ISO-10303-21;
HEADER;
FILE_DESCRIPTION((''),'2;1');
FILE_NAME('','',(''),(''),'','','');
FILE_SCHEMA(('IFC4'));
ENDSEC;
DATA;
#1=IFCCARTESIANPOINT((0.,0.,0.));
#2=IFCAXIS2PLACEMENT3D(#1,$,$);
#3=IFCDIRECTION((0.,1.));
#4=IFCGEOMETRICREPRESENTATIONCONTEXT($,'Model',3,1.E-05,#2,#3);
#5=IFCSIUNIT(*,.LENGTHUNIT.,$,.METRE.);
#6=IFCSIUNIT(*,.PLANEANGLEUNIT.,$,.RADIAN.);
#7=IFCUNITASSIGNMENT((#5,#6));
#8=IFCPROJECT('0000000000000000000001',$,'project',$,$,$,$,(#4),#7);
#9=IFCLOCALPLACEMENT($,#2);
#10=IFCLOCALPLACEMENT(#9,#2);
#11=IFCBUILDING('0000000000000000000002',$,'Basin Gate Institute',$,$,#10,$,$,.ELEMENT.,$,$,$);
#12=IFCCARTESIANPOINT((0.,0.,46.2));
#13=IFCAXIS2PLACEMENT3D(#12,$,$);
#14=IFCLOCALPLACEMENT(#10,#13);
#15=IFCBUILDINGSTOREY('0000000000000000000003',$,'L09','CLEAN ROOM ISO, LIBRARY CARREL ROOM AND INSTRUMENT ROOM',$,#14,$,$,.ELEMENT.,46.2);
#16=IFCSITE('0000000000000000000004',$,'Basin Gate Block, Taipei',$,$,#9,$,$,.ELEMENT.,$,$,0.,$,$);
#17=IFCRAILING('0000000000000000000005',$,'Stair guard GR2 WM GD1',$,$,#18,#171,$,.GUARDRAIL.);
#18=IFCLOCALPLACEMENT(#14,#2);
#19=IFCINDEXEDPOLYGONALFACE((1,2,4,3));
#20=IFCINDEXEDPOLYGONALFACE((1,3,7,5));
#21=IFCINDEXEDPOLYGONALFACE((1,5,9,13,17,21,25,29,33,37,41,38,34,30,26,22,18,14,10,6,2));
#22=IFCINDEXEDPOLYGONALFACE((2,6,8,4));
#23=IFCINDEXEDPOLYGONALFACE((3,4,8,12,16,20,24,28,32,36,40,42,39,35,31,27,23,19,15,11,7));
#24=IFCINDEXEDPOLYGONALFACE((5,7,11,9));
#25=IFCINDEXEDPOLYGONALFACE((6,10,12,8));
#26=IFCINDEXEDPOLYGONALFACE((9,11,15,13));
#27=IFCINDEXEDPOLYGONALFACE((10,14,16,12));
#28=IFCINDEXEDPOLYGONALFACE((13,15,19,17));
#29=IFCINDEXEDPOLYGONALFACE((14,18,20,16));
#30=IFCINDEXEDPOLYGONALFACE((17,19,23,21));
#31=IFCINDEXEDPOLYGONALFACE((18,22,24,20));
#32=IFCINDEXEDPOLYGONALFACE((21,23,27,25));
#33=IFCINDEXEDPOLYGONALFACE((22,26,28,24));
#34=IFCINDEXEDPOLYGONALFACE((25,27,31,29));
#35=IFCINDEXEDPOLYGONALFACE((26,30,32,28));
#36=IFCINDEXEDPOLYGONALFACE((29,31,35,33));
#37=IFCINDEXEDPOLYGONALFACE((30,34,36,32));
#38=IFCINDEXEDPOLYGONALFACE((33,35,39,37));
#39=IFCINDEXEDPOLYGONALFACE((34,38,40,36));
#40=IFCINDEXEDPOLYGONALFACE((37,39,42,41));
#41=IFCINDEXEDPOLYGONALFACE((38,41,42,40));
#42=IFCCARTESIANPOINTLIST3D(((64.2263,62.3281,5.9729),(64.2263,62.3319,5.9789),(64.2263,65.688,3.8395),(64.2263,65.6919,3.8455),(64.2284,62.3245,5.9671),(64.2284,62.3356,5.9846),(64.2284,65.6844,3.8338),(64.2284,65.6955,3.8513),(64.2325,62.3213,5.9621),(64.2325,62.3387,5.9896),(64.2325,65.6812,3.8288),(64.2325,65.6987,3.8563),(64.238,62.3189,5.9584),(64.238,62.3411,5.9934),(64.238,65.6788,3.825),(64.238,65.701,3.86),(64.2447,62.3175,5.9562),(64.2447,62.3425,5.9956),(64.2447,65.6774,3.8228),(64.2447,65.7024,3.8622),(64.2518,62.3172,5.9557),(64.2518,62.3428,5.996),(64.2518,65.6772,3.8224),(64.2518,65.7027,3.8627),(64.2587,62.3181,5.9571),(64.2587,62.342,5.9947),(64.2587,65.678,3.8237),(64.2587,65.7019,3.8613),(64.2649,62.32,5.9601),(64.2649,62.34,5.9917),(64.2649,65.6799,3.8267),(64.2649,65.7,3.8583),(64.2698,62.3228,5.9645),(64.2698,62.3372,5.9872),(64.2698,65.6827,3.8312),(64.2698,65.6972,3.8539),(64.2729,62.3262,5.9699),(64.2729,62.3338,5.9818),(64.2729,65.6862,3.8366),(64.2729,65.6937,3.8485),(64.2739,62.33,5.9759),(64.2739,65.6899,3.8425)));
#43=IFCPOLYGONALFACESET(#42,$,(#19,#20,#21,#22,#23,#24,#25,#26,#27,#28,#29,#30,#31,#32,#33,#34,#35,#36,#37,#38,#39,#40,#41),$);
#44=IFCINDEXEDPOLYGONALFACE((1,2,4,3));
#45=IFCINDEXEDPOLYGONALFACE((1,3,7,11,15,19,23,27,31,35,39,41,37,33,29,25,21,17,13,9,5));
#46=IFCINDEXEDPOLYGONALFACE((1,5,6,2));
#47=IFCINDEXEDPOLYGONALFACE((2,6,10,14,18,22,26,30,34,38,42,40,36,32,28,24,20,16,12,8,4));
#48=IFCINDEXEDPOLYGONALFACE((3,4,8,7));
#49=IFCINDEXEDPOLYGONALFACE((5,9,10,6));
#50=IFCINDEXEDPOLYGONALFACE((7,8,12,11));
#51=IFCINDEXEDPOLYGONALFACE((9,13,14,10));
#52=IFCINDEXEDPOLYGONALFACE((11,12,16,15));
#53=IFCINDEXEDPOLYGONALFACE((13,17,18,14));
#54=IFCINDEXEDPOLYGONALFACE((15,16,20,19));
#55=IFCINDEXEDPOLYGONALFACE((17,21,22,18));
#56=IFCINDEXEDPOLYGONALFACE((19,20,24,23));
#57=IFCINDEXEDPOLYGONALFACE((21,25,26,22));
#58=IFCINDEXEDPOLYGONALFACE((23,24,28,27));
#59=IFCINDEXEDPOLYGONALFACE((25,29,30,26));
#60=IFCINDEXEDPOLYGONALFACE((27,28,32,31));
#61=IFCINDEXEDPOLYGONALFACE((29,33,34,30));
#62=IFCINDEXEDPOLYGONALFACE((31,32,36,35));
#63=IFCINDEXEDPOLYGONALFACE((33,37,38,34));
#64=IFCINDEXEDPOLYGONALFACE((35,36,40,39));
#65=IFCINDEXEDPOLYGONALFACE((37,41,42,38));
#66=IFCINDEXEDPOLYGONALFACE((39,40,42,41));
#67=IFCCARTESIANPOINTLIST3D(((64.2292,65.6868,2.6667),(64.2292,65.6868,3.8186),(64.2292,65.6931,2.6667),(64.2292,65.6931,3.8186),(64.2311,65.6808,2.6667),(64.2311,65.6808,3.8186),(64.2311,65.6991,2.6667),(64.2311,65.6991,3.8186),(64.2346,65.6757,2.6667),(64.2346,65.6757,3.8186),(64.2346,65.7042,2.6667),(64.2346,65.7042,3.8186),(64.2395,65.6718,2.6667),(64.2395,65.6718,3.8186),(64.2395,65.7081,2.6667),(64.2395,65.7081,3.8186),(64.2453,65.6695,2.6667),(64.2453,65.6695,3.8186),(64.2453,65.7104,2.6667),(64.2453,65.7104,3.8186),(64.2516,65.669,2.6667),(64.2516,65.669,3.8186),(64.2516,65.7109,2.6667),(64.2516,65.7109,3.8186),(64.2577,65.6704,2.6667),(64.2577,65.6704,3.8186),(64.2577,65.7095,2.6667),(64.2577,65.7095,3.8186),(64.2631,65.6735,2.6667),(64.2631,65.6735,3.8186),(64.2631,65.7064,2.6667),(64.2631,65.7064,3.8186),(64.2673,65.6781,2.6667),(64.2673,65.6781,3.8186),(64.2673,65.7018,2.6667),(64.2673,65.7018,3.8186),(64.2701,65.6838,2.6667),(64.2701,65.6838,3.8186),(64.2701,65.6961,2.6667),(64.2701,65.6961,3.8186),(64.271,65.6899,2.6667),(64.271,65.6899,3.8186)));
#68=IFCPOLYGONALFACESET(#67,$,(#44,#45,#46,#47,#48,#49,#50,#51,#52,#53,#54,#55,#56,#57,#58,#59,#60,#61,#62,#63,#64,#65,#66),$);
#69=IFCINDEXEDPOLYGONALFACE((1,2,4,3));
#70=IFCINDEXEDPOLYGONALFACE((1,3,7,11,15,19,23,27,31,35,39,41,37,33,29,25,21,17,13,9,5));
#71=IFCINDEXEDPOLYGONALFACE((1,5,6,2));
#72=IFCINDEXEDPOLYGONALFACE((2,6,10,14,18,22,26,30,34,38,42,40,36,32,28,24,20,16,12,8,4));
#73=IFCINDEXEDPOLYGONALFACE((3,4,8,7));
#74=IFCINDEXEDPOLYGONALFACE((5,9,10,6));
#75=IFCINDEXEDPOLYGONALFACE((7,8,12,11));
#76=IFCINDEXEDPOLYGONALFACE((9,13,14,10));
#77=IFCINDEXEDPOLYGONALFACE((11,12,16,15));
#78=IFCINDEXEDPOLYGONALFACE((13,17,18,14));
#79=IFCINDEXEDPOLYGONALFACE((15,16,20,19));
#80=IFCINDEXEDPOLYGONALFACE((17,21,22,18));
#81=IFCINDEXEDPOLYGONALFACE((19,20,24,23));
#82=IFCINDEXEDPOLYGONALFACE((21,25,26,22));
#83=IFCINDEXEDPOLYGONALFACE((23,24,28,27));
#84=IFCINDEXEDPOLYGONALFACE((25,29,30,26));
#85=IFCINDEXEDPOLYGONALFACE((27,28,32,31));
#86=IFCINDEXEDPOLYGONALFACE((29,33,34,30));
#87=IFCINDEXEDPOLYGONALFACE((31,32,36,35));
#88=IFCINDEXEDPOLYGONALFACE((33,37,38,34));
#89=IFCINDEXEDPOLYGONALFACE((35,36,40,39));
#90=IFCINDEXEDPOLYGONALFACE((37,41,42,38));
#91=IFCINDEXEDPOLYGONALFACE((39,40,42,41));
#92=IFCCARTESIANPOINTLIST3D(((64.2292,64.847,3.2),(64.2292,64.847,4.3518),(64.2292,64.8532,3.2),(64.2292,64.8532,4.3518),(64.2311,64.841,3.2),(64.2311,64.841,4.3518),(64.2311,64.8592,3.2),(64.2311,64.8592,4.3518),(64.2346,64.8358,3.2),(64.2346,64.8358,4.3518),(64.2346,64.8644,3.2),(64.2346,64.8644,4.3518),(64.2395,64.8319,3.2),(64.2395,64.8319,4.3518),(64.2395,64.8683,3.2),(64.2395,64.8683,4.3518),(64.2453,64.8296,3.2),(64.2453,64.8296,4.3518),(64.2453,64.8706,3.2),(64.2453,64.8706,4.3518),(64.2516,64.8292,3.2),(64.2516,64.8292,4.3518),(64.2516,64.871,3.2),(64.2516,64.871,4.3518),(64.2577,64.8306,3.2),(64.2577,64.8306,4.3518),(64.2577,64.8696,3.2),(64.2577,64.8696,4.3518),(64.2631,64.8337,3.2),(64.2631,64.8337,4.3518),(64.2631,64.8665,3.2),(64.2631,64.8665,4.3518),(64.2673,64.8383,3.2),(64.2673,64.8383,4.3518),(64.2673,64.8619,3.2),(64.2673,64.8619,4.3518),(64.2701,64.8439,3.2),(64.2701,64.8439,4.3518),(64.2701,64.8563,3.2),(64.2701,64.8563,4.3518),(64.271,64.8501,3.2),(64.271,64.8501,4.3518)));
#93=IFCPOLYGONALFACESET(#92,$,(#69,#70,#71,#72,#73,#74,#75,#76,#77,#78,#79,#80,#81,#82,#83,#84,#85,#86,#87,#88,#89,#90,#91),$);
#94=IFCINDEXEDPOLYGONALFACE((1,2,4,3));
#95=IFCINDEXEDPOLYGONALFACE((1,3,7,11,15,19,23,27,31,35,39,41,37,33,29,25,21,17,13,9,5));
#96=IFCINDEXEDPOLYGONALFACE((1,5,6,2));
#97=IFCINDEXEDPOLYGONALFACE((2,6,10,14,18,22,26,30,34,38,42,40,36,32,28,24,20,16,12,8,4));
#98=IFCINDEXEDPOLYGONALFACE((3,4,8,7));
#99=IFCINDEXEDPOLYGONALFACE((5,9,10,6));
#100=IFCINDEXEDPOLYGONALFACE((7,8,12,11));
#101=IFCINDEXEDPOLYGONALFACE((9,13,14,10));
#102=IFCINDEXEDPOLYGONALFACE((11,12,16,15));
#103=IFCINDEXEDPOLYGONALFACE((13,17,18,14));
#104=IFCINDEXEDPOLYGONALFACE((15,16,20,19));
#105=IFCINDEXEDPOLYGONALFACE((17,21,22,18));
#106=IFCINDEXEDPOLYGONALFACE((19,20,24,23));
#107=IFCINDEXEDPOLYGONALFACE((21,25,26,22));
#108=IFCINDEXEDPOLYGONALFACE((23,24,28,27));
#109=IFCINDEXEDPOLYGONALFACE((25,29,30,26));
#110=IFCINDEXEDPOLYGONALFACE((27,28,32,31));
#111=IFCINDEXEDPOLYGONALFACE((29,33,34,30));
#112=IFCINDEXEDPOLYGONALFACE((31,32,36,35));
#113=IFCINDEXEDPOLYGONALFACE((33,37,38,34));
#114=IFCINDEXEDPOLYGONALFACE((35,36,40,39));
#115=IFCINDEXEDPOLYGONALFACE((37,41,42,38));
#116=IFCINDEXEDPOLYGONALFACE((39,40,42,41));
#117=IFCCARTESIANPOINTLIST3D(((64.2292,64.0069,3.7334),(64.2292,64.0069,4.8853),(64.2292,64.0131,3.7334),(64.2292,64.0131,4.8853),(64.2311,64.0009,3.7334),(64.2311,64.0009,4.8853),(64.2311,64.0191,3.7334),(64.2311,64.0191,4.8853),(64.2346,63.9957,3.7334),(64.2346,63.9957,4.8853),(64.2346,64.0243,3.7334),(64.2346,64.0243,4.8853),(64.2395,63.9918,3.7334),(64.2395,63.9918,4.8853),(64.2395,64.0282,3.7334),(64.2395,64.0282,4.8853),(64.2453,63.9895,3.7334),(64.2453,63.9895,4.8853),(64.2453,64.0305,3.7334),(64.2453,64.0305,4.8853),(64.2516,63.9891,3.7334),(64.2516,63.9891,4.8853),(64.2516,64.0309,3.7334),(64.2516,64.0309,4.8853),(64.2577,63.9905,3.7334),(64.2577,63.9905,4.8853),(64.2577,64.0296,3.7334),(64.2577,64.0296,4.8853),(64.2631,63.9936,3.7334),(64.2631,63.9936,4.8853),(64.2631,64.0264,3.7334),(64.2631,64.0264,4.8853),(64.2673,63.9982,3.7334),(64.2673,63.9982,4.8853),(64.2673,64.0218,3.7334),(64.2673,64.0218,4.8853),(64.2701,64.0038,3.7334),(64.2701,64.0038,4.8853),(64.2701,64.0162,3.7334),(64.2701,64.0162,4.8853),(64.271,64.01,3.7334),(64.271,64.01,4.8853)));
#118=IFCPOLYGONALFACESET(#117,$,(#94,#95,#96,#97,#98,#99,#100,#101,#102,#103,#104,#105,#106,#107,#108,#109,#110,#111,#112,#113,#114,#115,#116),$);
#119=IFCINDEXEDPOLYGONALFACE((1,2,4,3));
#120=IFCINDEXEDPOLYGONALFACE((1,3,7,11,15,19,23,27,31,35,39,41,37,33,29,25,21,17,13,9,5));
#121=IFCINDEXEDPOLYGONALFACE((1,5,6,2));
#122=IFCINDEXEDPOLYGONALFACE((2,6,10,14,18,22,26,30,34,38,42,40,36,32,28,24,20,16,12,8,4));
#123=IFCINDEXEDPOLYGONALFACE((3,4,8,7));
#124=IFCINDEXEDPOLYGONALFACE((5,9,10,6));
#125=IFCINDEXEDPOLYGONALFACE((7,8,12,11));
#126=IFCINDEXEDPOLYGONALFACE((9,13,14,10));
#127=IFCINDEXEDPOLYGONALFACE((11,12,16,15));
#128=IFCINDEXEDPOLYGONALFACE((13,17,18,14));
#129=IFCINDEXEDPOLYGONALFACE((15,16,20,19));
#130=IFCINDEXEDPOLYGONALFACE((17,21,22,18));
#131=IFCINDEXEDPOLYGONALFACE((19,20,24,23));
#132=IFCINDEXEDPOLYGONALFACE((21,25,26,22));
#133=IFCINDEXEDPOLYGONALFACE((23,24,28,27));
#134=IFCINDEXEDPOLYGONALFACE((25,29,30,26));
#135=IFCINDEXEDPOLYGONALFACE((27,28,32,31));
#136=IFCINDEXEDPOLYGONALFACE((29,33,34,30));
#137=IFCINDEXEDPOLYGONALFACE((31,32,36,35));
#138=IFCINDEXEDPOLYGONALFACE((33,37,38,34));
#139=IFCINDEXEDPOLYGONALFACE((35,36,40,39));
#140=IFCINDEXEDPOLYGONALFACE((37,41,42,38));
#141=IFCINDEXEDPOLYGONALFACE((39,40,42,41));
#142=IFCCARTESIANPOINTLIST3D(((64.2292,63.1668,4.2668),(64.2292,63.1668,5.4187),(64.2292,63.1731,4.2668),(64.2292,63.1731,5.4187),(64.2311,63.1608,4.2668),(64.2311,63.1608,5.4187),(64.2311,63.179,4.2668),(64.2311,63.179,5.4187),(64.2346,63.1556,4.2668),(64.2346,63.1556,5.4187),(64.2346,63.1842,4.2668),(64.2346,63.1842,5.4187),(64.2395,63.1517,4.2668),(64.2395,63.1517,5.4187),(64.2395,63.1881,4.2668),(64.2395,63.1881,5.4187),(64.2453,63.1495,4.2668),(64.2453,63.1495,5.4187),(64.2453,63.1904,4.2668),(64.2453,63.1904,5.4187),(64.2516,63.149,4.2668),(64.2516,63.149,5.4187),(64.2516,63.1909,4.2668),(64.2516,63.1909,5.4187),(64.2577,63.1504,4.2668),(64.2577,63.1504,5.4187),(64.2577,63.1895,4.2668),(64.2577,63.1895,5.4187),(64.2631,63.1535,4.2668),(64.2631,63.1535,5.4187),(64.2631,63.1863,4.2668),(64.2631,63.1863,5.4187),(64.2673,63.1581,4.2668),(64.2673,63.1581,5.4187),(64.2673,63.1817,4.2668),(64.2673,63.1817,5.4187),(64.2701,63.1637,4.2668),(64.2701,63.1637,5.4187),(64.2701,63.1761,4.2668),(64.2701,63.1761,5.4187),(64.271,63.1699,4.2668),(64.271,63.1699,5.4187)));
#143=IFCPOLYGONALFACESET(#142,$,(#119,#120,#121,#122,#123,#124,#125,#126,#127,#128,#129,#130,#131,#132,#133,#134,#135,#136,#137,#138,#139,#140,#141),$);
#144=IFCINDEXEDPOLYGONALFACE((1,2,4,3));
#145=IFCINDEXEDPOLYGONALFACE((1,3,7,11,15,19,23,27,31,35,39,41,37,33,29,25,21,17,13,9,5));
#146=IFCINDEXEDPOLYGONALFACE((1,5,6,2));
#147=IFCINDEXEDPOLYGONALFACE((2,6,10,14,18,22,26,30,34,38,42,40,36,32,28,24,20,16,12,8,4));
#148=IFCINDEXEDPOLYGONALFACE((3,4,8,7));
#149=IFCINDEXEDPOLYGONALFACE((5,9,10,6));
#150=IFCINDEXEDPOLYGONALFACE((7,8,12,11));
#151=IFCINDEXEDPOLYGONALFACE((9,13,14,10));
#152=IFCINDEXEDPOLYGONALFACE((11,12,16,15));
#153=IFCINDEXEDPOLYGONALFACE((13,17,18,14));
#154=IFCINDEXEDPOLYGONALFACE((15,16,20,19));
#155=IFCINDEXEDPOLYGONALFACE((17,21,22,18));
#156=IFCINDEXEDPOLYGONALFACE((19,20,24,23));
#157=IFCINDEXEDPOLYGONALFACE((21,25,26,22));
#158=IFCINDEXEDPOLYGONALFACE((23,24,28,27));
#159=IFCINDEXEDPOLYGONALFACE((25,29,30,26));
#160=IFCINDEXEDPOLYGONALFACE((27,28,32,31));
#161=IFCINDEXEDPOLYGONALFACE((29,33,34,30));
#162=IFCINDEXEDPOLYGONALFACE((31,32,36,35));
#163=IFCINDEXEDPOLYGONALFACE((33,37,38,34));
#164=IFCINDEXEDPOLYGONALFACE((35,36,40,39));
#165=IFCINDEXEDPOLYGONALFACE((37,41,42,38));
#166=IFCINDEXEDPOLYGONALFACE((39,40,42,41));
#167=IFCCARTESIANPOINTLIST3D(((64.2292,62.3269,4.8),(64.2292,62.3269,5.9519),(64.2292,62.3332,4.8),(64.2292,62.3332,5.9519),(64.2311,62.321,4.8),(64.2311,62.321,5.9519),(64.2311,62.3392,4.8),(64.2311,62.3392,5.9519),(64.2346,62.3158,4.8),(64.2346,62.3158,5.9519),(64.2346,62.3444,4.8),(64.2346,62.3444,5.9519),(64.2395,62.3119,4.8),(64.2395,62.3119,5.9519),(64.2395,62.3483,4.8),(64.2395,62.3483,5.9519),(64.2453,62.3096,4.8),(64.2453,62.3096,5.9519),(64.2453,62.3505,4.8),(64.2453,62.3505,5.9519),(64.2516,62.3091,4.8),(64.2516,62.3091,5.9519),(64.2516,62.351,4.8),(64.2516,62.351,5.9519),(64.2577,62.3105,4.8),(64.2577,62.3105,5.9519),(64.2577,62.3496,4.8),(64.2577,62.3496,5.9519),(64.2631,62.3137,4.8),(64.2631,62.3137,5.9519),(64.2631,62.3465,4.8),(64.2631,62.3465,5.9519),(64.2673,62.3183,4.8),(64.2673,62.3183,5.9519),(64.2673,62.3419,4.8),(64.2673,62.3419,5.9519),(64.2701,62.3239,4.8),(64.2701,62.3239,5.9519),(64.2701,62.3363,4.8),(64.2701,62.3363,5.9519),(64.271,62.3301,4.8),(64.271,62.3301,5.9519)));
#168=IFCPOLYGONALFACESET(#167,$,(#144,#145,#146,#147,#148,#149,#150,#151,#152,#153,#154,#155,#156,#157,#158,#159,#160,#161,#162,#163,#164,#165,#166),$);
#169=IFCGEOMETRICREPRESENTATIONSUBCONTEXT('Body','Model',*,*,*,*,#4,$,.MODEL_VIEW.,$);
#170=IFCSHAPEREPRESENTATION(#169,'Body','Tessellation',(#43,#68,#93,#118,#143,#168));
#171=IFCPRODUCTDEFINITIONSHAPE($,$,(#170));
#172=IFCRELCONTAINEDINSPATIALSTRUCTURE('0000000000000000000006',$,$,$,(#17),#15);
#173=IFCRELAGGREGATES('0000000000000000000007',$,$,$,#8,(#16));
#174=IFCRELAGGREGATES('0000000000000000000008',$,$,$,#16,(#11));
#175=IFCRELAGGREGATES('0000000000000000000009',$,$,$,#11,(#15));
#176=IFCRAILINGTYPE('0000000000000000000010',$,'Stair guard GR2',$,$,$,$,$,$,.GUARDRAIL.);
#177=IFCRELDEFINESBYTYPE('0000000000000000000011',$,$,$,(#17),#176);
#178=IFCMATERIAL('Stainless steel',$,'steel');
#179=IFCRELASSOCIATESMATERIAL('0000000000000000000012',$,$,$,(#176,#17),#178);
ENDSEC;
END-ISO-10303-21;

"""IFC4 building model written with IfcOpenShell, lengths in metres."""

from ifc_helpers import new_model, si_unit, direction, frame, origin, origin_2d, place, context, subcontext, project, spatial, circle, extrude, material, type_object, element, save


model = new_model("IFC4")

# Units and contexts
model_context = context("Model", 3, precision=1e-05, world=origin(), true_north=direction((0.0, 1.0)))
body_context = subcontext(model_context, "Body", "Model", "MODEL_VIEW")
ifc_project = project(units=[si_unit("LENGTHUNIT", "METRE"), si_unit("PLANEANGLEUNIT", "RADIAN")], contexts=[model_context])

# Site, building, storey
site_placement = place(None, origin())
site = spatial("IfcSite", under=ifc_project, at=site_placement, Name="Basin Gate Block, Taipei", CompositionType="ELEMENT", RefElevation=0.0)
building_placement = place(site_placement, origin())
building = spatial("IfcBuilding", under=site, at=building_placement, Name="Basin Gate Institute", CompositionType="ELEMENT")
storey_placement = place(building_placement, frame((0.0, 0.0, 46.2)))
storey = spatial("IfcBuildingStorey", under=building, at=storey_placement, Name="L09", Description="CLEAN ROOM ISO, LIBRARY CARREL ROOM AND INSTRUMENT ROOM", CompositionType="ELEMENT", Elevation=46.2)

# Railing
ifc_material_1 = material(Name="Stainless steel", Category="steel")
railing_type_1 = type_object("IfcRailingType", Name="Stair guard GR2", PredefinedType="GUARDRAIL", material=ifc_material_1)
railing_1_placement = place(storey_placement, frame((64.25, 65.6899, 2.6667)))
element("IfcRailing", 1, at=railing_1_placement, inside=storey, type_object=railing_type_1, material=ifc_material_1, Name="Stair guard GR2 WM GD1", PredefinedType="GUARDRAIL", context=body_context, shape_type="SweptSolid", body=[
    extrude(circle(Radius=0.0239, at=origin_2d()), frame((0.0, 0.0, 1.1758), z_axis=(0.0, -0.844207, 0.536018), x_axis=(1.0, 0.0, 0.0)), (0.0, 0.0, 1.0), 3.98),
    extrude(circle(Radius=0.021, at=origin_2d()), origin(), (0.0, 0.0, 1.0), 1.1519),
    extrude(circle(Radius=0.021, at=origin_2d()), frame((0.0, -0.8398, 0.5332)), (0.0, 0.0, 1.0), 1.1519),
    extrude(circle(Radius=0.021, at=origin_2d()), frame((0.0, -1.6799, 1.0667)), (0.0, 0.0, 1.0), 1.1519),
    extrude(circle(Radius=0.021, at=origin_2d()), frame((0.0, -2.52, 1.6001)), (0.0, 0.0, 1.0), 1.1519),
    extrude(circle(Radius=0.021, at=origin_2d()), frame((0.0, -3.3599, 2.1333)), (0.0, 0.0, 1.0), 1.1519),
])

save(model, "model.ifc")
